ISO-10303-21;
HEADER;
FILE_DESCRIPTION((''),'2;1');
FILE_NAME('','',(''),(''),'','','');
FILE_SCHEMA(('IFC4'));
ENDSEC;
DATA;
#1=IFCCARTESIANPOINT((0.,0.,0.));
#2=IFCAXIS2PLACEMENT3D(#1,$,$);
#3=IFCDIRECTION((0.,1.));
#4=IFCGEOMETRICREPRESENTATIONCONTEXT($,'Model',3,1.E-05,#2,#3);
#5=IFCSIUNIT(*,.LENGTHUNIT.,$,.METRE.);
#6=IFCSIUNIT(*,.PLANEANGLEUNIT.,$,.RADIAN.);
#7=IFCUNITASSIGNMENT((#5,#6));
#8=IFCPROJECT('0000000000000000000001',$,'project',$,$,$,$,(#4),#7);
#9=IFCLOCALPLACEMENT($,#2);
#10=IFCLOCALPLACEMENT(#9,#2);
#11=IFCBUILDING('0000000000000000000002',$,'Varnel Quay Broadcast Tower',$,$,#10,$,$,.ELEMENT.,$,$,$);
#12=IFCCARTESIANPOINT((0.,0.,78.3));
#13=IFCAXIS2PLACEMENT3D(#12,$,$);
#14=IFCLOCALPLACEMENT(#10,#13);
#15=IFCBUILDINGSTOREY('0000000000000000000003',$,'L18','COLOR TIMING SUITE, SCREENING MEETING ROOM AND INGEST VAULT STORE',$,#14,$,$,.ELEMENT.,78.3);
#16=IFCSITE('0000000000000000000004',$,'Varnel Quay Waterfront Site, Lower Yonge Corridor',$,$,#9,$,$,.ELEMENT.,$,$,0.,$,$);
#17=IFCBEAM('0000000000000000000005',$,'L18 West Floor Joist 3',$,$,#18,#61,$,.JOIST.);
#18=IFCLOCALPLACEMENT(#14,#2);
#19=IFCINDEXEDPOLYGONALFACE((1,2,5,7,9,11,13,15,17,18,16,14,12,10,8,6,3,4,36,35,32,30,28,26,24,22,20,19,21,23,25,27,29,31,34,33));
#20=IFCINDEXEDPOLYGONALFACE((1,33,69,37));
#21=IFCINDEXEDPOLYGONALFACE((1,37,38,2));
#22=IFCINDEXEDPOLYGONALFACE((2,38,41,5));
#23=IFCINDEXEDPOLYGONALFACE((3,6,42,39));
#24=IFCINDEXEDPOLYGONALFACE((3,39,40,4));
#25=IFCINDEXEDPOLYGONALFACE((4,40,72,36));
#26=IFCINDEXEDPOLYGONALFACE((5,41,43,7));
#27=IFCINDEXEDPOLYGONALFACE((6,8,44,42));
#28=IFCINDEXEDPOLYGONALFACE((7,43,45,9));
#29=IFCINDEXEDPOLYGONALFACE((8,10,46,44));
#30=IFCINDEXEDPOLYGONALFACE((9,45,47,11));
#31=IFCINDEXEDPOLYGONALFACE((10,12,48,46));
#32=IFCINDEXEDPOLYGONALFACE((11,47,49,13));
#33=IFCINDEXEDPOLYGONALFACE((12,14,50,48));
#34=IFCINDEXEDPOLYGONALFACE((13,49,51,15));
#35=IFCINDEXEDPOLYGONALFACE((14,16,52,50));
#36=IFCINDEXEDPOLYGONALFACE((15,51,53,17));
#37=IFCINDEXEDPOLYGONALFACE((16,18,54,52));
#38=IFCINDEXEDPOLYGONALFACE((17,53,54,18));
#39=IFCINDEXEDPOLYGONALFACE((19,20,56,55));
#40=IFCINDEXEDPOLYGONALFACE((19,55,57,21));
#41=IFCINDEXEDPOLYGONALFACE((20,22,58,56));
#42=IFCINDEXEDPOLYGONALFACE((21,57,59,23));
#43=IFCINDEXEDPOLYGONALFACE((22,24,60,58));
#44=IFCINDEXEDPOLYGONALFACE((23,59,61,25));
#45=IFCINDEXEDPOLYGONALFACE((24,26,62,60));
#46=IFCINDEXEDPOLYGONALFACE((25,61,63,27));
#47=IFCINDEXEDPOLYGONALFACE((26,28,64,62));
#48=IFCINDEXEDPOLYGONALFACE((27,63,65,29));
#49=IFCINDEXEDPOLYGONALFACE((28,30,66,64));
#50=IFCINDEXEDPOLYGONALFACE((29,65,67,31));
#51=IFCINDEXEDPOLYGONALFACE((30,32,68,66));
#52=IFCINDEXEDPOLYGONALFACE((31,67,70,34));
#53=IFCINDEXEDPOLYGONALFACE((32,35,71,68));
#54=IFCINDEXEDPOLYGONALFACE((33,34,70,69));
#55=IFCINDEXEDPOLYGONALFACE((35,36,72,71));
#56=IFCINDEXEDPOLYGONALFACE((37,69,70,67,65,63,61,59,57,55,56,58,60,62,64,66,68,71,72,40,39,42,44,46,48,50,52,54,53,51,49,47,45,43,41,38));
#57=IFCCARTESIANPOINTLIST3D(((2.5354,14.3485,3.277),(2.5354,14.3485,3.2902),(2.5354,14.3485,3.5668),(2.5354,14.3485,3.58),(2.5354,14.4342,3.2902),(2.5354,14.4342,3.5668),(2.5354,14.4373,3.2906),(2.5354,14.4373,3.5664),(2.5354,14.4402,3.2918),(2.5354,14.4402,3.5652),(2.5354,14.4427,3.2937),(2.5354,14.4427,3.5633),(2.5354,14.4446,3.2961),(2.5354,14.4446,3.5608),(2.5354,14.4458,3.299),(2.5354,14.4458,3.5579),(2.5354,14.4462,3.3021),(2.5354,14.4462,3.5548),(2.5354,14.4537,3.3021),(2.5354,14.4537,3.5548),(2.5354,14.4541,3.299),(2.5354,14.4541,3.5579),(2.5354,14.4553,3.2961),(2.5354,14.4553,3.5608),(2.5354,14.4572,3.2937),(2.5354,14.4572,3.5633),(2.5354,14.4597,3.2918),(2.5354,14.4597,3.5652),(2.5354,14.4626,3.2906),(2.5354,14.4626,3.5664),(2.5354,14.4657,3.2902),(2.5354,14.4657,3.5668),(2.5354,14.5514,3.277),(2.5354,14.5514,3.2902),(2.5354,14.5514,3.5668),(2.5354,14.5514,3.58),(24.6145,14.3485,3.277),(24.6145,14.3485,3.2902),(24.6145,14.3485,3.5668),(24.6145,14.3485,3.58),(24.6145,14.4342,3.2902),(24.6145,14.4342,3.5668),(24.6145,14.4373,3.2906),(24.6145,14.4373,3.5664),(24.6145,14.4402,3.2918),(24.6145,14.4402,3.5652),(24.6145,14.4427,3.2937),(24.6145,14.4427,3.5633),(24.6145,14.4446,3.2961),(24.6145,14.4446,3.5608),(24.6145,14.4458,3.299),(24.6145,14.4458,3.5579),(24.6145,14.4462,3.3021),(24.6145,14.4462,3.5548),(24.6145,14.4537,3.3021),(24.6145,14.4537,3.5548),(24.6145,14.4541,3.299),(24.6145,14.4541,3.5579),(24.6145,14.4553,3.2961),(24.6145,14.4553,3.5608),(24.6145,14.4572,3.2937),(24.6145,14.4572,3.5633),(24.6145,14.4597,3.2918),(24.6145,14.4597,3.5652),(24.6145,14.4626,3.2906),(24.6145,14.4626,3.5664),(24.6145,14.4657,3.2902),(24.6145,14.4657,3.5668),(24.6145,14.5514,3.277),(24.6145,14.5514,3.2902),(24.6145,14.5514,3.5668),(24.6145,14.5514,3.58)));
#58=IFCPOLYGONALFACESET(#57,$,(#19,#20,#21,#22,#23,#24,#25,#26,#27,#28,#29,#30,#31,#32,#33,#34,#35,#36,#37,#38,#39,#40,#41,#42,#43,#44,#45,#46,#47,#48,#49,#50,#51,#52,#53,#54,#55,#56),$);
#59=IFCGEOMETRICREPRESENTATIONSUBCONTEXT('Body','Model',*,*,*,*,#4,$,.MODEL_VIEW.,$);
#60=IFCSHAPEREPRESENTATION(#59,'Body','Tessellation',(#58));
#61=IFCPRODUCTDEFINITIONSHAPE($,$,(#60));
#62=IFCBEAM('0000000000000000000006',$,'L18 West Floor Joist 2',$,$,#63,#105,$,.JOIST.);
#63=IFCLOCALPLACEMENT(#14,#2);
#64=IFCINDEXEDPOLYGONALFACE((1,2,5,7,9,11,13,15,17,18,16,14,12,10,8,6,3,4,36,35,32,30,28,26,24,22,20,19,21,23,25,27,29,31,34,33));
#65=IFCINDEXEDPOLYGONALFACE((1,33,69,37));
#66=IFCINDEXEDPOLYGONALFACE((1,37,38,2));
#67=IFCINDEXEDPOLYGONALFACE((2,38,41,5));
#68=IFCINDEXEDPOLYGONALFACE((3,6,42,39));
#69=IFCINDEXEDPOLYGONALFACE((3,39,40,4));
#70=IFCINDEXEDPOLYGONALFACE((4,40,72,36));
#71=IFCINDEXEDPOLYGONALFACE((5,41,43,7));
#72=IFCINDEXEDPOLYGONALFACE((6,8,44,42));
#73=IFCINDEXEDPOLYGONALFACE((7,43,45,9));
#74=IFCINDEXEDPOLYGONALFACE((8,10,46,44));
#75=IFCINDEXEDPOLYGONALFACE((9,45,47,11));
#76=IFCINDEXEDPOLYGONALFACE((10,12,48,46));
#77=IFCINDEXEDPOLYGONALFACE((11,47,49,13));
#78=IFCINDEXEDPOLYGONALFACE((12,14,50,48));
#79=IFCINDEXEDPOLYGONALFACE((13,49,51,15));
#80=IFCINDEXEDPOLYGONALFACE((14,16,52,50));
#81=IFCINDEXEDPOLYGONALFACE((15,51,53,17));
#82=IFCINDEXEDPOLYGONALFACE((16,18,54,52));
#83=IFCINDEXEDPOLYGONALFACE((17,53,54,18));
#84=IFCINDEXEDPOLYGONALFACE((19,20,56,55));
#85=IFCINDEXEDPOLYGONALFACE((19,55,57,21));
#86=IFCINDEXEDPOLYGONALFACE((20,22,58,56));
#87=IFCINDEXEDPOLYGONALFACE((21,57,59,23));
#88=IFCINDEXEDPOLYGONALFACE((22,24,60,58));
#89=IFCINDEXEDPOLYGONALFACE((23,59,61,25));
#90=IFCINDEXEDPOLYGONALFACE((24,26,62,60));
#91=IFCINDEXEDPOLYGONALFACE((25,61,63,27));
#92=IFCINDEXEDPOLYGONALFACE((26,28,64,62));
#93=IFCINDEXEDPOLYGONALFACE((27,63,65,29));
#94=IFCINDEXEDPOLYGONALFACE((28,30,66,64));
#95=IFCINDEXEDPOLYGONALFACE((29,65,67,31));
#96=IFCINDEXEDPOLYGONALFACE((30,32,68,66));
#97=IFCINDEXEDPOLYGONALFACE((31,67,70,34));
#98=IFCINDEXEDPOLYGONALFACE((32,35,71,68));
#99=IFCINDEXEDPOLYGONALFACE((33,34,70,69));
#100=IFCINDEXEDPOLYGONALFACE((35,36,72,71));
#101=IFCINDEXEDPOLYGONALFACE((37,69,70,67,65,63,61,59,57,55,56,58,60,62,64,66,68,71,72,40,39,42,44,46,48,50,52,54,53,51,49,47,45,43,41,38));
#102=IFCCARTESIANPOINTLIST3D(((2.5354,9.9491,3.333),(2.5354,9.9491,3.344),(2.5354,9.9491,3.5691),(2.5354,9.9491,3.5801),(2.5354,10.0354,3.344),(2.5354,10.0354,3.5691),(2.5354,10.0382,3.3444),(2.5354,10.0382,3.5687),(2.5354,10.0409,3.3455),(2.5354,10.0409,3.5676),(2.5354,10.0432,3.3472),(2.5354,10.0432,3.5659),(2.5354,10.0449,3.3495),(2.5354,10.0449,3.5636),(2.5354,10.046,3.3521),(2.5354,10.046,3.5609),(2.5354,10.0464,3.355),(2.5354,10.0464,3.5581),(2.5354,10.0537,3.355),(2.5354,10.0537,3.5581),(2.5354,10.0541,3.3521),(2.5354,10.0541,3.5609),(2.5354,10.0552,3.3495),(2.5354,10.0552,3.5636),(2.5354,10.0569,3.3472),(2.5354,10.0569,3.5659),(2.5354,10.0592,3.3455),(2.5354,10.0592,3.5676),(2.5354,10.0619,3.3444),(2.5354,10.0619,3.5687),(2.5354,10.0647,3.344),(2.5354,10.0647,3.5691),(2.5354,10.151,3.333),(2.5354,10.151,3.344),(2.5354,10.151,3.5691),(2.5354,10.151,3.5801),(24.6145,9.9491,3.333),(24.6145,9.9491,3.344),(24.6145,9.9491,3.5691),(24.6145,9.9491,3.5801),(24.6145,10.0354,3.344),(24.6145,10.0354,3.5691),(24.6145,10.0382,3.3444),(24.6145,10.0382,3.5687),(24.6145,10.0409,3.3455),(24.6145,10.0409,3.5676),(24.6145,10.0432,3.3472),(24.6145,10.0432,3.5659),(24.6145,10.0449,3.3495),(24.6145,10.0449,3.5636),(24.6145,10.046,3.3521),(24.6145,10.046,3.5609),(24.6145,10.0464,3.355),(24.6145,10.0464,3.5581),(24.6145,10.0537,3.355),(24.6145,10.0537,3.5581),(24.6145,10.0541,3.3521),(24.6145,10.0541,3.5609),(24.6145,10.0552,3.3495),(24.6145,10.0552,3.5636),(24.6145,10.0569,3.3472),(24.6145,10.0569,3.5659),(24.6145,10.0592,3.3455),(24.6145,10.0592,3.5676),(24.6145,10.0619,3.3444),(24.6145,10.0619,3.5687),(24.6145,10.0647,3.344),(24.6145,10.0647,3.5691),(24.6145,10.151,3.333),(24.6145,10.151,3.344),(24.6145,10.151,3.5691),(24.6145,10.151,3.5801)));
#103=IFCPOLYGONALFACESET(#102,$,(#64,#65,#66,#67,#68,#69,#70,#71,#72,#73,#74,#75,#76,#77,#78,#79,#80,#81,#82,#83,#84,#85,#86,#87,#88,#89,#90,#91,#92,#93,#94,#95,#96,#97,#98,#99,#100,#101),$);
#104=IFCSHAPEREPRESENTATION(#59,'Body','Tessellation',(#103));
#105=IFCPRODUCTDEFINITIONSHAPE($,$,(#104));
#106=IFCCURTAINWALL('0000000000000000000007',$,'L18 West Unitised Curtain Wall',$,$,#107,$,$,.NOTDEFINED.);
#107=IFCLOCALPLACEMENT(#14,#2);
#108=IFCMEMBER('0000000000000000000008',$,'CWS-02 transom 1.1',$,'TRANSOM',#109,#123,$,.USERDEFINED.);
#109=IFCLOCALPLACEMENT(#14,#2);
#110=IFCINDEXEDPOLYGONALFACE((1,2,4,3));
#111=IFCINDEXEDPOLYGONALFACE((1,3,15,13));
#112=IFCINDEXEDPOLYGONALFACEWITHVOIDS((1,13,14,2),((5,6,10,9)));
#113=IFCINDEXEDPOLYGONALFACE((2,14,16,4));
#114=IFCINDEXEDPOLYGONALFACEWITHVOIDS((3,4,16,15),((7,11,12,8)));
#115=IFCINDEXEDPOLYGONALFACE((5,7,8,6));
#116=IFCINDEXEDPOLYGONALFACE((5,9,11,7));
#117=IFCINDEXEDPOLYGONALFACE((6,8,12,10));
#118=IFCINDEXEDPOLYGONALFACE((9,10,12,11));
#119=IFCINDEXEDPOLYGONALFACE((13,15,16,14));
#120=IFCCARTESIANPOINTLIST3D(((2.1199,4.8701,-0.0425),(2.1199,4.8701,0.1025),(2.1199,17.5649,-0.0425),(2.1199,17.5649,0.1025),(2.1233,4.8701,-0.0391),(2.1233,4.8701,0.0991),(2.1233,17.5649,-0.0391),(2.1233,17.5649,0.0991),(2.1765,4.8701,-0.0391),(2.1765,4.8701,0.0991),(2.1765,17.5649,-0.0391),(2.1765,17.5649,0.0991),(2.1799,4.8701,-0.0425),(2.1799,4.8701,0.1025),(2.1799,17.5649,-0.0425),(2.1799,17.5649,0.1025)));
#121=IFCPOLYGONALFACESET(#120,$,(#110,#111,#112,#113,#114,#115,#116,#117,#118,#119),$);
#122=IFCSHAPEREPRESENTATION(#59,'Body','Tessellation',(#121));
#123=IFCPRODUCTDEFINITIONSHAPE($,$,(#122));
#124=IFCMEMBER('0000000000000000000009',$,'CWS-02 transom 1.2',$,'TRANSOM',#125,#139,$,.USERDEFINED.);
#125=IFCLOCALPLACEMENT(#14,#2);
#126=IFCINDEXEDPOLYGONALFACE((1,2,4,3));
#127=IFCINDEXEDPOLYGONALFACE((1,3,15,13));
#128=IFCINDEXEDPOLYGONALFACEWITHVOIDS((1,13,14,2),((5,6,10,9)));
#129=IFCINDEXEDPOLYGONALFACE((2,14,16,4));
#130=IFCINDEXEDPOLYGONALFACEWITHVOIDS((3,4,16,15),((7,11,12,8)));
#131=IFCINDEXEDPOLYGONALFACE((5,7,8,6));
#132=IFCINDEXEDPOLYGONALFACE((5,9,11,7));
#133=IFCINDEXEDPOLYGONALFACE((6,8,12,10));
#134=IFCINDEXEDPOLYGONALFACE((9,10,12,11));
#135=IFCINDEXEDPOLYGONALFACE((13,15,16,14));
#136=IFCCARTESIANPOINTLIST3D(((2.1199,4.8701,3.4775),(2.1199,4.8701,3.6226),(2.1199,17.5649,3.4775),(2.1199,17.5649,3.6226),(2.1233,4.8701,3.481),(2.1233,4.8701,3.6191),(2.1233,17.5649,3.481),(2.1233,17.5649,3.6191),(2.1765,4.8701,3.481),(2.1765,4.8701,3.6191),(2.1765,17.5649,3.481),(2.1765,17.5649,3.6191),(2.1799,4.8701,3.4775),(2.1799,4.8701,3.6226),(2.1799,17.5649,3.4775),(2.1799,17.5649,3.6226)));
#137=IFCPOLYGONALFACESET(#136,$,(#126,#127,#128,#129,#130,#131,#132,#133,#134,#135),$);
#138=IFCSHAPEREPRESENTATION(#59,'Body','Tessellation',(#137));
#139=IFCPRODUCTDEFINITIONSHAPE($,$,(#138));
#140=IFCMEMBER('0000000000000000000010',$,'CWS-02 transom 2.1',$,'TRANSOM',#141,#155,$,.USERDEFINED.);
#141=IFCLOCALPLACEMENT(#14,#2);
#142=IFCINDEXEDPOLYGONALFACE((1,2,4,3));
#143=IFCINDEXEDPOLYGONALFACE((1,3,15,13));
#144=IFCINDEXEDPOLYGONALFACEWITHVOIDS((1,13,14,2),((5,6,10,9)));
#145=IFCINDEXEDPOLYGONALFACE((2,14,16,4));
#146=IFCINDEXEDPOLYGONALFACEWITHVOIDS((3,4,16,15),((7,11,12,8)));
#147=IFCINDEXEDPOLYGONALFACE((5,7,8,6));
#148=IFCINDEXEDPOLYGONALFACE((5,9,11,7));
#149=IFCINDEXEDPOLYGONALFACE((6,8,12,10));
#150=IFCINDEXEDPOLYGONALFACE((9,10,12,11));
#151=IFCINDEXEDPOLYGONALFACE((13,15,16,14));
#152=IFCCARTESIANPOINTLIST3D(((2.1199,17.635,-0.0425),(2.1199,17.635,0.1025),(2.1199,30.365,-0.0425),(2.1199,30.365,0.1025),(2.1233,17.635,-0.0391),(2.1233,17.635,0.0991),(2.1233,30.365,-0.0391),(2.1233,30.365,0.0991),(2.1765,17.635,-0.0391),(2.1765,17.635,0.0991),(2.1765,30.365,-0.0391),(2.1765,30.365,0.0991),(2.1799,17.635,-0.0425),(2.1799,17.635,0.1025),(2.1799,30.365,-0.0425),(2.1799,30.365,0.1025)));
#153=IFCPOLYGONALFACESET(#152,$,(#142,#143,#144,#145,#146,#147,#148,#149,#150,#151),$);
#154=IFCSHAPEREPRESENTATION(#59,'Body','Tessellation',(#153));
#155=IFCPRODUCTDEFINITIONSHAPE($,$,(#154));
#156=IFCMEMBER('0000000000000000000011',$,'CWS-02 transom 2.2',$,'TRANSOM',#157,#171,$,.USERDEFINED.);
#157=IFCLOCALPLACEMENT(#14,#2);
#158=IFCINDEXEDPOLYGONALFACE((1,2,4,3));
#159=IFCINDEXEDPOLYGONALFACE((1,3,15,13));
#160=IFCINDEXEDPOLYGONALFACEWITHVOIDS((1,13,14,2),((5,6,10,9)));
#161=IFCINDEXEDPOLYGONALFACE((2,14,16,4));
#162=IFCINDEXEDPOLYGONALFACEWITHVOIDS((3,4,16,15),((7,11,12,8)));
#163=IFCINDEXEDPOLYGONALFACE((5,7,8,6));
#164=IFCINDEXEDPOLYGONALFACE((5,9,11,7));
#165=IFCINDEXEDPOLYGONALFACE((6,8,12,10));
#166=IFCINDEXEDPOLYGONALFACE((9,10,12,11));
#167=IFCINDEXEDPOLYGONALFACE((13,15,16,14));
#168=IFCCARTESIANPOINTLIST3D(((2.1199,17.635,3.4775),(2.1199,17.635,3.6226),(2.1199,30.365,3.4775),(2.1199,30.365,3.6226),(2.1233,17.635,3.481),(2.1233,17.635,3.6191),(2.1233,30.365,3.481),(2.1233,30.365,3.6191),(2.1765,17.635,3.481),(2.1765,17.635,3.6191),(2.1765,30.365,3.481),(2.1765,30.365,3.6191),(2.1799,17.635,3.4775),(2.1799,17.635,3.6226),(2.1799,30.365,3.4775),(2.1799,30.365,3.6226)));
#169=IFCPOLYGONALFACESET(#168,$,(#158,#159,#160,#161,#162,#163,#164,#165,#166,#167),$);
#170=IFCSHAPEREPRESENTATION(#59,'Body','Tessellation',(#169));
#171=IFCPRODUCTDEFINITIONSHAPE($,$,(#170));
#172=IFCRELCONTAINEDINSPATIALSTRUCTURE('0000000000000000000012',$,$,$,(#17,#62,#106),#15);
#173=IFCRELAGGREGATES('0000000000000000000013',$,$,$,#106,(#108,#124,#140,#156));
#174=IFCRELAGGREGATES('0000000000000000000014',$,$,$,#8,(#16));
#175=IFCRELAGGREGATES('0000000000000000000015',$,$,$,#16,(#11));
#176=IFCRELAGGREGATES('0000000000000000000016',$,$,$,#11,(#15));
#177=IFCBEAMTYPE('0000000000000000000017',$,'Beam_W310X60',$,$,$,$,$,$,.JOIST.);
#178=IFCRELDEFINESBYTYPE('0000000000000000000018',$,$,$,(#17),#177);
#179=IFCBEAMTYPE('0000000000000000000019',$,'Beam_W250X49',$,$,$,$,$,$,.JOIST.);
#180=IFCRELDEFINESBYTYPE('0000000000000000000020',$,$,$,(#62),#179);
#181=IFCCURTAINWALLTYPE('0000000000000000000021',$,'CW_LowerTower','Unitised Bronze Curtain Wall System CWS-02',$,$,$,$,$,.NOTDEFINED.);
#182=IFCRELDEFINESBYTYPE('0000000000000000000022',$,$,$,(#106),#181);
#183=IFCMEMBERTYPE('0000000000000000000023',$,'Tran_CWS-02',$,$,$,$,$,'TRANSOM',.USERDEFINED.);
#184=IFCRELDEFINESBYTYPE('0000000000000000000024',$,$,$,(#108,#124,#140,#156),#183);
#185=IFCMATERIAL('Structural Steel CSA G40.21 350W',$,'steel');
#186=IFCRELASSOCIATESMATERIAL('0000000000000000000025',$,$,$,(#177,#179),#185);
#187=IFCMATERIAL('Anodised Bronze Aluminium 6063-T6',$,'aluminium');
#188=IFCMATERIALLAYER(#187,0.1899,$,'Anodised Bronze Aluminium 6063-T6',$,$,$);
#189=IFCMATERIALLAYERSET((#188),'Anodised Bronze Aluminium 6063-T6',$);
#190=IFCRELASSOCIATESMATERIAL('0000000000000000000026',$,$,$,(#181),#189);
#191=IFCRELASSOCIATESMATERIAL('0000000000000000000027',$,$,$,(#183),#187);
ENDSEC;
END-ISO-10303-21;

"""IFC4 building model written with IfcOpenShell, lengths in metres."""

from ifc_helpers import new_model, si_unit, direction, frame, origin, origin_2d, place, context, subcontext, project, spatial, hollow_rectangle, i_section, extrude, source, transform, mapped, material, layer, layer_set, material_profile, profile_set, type_object, type_shapes, element, aggregate, save


model = new_model("IFC4")

# Units and contexts
model_context = context("Model", 3, precision=1e-05, world=origin(), true_north=direction((0.0, 1.0)))
body_context = subcontext(model_context, "Body", "Model", "MODEL_VIEW")
ifc_project = project(units=[si_unit("LENGTHUNIT", "METRE"), si_unit("PLANEANGLEUNIT", "RADIAN")], contexts=[model_context])

# Site, building, storey
site_placement = place(None, origin())
site = spatial("IfcSite", under=ifc_project, at=site_placement, Name="Varnel Quay Waterfront Site, Lower Yonge Corridor", CompositionType="ELEMENT", RefElevation=0.0)
building_placement = place(site_placement, origin())
building = spatial("IfcBuilding", under=site, at=building_placement, Name="Varnel Quay Broadcast Tower", CompositionType="ELEMENT")
storey_placement = place(building_placement, frame((0.0, 0.0, 78.3)))
storey = spatial("IfcBuildingStorey", under=building, at=storey_placement, Name="L18", Description="COLOR TIMING SUITE, SCREENING MEETING ROOM AND INGEST VAULT STORE", CompositionType="ELEMENT", Elevation=78.3)

# Shared definitions
ifc_material_1 = material(Name="Structural Steel CSA G40.21 350W", Category="steel")

# Beams
ifc_material_profile_1 = material_profile(ifc_material_1, i_section(OverallWidth=0.2029, OverallDepth=0.303, WebThickness=0.0076, FlangeThickness=0.0132, FilletRadius=0.012, at=origin_2d()), Name="W310X60")
ifc_profile_set_1 = profile_set([ifc_material_profile_1], Name="Structural Steel CSA G40.21 350W")
beam_type_1 = type_object("IfcBeamType", Name="Beam_W310X60", PredefinedType="JOIST", material=ifc_profile_set_1)
shared_shape_1 = source(origin(), body_context, "Body", "SweptSolid", [
    extrude(i_section(OverallWidth=0.2029, OverallDepth=0.303, WebThickness=0.0076, FlangeThickness=0.0132, FilletRadius=0.012, at=origin_2d()), origin(), (0.0, 0.0, 1.0), 22.0791),
])
type_shapes(beam_type_1, [shared_shape_1])
for number, where, z_axis, x_axis, name in (
    (1, (2.5354, 14.45, 3.4285), (1.0, 0.0, 0.0), (0.0, 1.0, 0.0), "L18 West Floor Joist 3"),
):
    element("IfcBeam", number, at=place(storey_placement, frame(where, z_axis=z_axis, x_axis=x_axis)), inside=storey, type_object=beam_type_1, Name=name, PredefinedType="JOIST", context=body_context, shape_type="MappedRepresentation", body=[
        mapped(shared_shape_1, transform((0.0, 0.0, 0.0), x_axis=(1.0, 0.0, 0.0), y_axis=(0.0, 1.0, 0.0), z_axis=(0.0, 0.0, 1.0), scale=1.0)),
    ])
ifc_material_profile_2 = material_profile(ifc_material_1, i_section(OverallWidth=0.2019, OverallDepth=0.2471, WebThickness=0.0073, FlangeThickness=0.011, FilletRadius=0.011, at=origin_2d()), Name="W250X49")
ifc_profile_set_2 = profile_set([ifc_material_profile_2], Name="Structural Steel CSA G40.21 350W")
beam_type_2 = type_object("IfcBeamType", Name="Beam_W250X49", PredefinedType="JOIST", material=ifc_profile_set_2)
shared_shape_2 = source(origin(), body_context, "Body", "SweptSolid", [
    extrude(i_section(OverallWidth=0.2019, OverallDepth=0.2471, WebThickness=0.0073, FlangeThickness=0.011, FilletRadius=0.011, at=origin_2d()), origin(), (0.0, 0.0, 1.0), 22.0791),
])
type_shapes(beam_type_2, [shared_shape_2])
beam_1_placement = place(storey_placement, frame((2.5354, 10.05, 3.4565), z_axis=(1.0, 0.0, 0.0), x_axis=(0.0, 1.0, 0.0)))
element("IfcBeam", 2, at=beam_1_placement, inside=storey, type_object=beam_type_2, Name="L18 West Floor Joist 2", PredefinedType="JOIST", context=body_context, shape_type="MappedRepresentation", body=[
    mapped(shared_shape_2, transform((0.0, 0.0, 0.0), x_axis=(1.0, 0.0, 0.0), y_axis=(0.0, 1.0, 0.0), z_axis=(0.0, 0.0, 1.0), scale=1.0)),
])

# Curtain wall, members
ifc_material_2 = material(Name="Anodised Bronze Aluminium 6063-T6", Category="aluminium")
ifc_layer_1 = layer(ifc_material_2, 0.1899, Name="Anodised Bronze Aluminium 6063-T6")
ifc_layer_set_1 = layer_set([ifc_layer_1], Name="Anodised Bronze Aluminium 6063-T6")
curtain_wall_type_1 = type_object("IfcCurtainWallType", Name="CW_LowerTower", Description="Unitised Bronze Curtain Wall System CWS-02", PredefinedType="NOTDEFINED", material=ifc_layer_set_1)
curtain_wall_1_placement = place(storey_placement, origin())
curtain_wall_1 = element("IfcCurtainWall", 3, at=curtain_wall_1_placement, inside=storey, type_object=curtain_wall_type_1, Name="L18 West Unitised Curtain Wall", PredefinedType="NOTDEFINED")
ifc_material_profile_3 = material_profile(ifc_material_2, hollow_rectangle(XDim=0.0601, YDim=0.145, WallThickness=0.0034, at=origin_2d()), Name="ALU60X145X3.5")
ifc_profile_set_3 = profile_set([ifc_material_profile_3], Name="Anodised Bronze Aluminium 6063-T6")
member_type_1 = type_object("IfcMemberType", Name="Tran_CWS-02", ElementType="TRANSOM", PredefinedType="USERDEFINED", material=ifc_profile_set_3)
shared_shape_3 = source(origin(), body_context, "Body", "SweptSolid", [
    extrude(hollow_rectangle(XDim=0.0601, YDim=0.145, WallThickness=0.0034, at=origin_2d()), origin(), (0.0, 0.0, 1.0), 12.6948),
])
member_1_placement = place(storey_placement, frame((2.1499, 4.8701, 0.03), z_axis=(0.0, 1.0, 0.0), x_axis=(-1.0, 0.0, 0.0)))
member_1 = element("IfcMember", 4, at=member_1_placement, type_object=member_type_1, Name="CWS-02 transom 1.1", ObjectType="TRANSOM", PredefinedType="USERDEFINED", context=body_context, shape_type="MappedRepresentation", body=[
    mapped(shared_shape_3, transform((0.0, 0.0, 0.0), x_axis=(1.0, 0.0, 0.0), y_axis=(0.0, 1.0, 0.0), z_axis=(0.0, 0.0, 1.0), scale=1.0)),
])
member_2_placement = place(storey_placement, frame((2.1499, 4.8701, 3.55), z_axis=(0.0, 1.0, 0.0), x_axis=(-1.0, 0.0, 0.0)))
member_2 = element("IfcMember", 5, at=member_2_placement, type_object=member_type_1, Name="CWS-02 transom 1.2", ObjectType="TRANSOM", PredefinedType="USERDEFINED", context=body_context, shape_type="MappedRepresentation", body=[
    mapped(shared_shape_3, transform((0.0, 0.0, 0.0), x_axis=(1.0, 0.0, 0.0), y_axis=(0.0, 1.0, 0.0), z_axis=(0.0, 0.0, 1.0), scale=1.0)),
])
shared_shape_4 = source(origin(), body_context, "Body", "SweptSolid", [
    extrude(hollow_rectangle(XDim=0.0601, YDim=0.145, WallThickness=0.0034, at=origin_2d()), origin(), (0.0, 0.0, 1.0), 12.73),
])
type_shapes(member_type_1, [shared_shape_3, shared_shape_4])
member_3_placement = place(storey_placement, frame((2.1499, 17.635, 0.03), z_axis=(0.0, 1.0, 0.0), x_axis=(-1.0, 0.0, 0.0)))
member_3 = element("IfcMember", 6, at=member_3_placement, type_object=member_type_1, Name="CWS-02 transom 2.1", ObjectType="TRANSOM", PredefinedType="USERDEFINED", context=body_context, shape_type="MappedRepresentation", body=[
    mapped(shared_shape_4, transform((0.0, 0.0, 0.0), x_axis=(1.0, 0.0, 0.0), y_axis=(0.0, 1.0, 0.0), z_axis=(0.0, 0.0, 1.0), scale=1.0)),
])
member_4_placement = place(storey_placement, frame((2.1499, 17.635, 3.55), z_axis=(0.0, 1.0, 0.0), x_axis=(-1.0, 0.0, 0.0)))
member_4 = element("IfcMember", 7, at=member_4_placement, type_object=member_type_1, Name="CWS-02 transom 2.2", ObjectType="TRANSOM", PredefinedType="USERDEFINED", context=body_context, shape_type="MappedRepresentation", body=[
    mapped(shared_shape_4, transform((0.0, 0.0, 0.0), x_axis=(1.0, 0.0, 0.0), y_axis=(0.0, 1.0, 0.0), z_axis=(0.0, 0.0, 1.0), scale=1.0)),
])

aggregate(curtain_wall_1, [member_1, member_2, member_3, member_4])

save(model, "model.ifc")
